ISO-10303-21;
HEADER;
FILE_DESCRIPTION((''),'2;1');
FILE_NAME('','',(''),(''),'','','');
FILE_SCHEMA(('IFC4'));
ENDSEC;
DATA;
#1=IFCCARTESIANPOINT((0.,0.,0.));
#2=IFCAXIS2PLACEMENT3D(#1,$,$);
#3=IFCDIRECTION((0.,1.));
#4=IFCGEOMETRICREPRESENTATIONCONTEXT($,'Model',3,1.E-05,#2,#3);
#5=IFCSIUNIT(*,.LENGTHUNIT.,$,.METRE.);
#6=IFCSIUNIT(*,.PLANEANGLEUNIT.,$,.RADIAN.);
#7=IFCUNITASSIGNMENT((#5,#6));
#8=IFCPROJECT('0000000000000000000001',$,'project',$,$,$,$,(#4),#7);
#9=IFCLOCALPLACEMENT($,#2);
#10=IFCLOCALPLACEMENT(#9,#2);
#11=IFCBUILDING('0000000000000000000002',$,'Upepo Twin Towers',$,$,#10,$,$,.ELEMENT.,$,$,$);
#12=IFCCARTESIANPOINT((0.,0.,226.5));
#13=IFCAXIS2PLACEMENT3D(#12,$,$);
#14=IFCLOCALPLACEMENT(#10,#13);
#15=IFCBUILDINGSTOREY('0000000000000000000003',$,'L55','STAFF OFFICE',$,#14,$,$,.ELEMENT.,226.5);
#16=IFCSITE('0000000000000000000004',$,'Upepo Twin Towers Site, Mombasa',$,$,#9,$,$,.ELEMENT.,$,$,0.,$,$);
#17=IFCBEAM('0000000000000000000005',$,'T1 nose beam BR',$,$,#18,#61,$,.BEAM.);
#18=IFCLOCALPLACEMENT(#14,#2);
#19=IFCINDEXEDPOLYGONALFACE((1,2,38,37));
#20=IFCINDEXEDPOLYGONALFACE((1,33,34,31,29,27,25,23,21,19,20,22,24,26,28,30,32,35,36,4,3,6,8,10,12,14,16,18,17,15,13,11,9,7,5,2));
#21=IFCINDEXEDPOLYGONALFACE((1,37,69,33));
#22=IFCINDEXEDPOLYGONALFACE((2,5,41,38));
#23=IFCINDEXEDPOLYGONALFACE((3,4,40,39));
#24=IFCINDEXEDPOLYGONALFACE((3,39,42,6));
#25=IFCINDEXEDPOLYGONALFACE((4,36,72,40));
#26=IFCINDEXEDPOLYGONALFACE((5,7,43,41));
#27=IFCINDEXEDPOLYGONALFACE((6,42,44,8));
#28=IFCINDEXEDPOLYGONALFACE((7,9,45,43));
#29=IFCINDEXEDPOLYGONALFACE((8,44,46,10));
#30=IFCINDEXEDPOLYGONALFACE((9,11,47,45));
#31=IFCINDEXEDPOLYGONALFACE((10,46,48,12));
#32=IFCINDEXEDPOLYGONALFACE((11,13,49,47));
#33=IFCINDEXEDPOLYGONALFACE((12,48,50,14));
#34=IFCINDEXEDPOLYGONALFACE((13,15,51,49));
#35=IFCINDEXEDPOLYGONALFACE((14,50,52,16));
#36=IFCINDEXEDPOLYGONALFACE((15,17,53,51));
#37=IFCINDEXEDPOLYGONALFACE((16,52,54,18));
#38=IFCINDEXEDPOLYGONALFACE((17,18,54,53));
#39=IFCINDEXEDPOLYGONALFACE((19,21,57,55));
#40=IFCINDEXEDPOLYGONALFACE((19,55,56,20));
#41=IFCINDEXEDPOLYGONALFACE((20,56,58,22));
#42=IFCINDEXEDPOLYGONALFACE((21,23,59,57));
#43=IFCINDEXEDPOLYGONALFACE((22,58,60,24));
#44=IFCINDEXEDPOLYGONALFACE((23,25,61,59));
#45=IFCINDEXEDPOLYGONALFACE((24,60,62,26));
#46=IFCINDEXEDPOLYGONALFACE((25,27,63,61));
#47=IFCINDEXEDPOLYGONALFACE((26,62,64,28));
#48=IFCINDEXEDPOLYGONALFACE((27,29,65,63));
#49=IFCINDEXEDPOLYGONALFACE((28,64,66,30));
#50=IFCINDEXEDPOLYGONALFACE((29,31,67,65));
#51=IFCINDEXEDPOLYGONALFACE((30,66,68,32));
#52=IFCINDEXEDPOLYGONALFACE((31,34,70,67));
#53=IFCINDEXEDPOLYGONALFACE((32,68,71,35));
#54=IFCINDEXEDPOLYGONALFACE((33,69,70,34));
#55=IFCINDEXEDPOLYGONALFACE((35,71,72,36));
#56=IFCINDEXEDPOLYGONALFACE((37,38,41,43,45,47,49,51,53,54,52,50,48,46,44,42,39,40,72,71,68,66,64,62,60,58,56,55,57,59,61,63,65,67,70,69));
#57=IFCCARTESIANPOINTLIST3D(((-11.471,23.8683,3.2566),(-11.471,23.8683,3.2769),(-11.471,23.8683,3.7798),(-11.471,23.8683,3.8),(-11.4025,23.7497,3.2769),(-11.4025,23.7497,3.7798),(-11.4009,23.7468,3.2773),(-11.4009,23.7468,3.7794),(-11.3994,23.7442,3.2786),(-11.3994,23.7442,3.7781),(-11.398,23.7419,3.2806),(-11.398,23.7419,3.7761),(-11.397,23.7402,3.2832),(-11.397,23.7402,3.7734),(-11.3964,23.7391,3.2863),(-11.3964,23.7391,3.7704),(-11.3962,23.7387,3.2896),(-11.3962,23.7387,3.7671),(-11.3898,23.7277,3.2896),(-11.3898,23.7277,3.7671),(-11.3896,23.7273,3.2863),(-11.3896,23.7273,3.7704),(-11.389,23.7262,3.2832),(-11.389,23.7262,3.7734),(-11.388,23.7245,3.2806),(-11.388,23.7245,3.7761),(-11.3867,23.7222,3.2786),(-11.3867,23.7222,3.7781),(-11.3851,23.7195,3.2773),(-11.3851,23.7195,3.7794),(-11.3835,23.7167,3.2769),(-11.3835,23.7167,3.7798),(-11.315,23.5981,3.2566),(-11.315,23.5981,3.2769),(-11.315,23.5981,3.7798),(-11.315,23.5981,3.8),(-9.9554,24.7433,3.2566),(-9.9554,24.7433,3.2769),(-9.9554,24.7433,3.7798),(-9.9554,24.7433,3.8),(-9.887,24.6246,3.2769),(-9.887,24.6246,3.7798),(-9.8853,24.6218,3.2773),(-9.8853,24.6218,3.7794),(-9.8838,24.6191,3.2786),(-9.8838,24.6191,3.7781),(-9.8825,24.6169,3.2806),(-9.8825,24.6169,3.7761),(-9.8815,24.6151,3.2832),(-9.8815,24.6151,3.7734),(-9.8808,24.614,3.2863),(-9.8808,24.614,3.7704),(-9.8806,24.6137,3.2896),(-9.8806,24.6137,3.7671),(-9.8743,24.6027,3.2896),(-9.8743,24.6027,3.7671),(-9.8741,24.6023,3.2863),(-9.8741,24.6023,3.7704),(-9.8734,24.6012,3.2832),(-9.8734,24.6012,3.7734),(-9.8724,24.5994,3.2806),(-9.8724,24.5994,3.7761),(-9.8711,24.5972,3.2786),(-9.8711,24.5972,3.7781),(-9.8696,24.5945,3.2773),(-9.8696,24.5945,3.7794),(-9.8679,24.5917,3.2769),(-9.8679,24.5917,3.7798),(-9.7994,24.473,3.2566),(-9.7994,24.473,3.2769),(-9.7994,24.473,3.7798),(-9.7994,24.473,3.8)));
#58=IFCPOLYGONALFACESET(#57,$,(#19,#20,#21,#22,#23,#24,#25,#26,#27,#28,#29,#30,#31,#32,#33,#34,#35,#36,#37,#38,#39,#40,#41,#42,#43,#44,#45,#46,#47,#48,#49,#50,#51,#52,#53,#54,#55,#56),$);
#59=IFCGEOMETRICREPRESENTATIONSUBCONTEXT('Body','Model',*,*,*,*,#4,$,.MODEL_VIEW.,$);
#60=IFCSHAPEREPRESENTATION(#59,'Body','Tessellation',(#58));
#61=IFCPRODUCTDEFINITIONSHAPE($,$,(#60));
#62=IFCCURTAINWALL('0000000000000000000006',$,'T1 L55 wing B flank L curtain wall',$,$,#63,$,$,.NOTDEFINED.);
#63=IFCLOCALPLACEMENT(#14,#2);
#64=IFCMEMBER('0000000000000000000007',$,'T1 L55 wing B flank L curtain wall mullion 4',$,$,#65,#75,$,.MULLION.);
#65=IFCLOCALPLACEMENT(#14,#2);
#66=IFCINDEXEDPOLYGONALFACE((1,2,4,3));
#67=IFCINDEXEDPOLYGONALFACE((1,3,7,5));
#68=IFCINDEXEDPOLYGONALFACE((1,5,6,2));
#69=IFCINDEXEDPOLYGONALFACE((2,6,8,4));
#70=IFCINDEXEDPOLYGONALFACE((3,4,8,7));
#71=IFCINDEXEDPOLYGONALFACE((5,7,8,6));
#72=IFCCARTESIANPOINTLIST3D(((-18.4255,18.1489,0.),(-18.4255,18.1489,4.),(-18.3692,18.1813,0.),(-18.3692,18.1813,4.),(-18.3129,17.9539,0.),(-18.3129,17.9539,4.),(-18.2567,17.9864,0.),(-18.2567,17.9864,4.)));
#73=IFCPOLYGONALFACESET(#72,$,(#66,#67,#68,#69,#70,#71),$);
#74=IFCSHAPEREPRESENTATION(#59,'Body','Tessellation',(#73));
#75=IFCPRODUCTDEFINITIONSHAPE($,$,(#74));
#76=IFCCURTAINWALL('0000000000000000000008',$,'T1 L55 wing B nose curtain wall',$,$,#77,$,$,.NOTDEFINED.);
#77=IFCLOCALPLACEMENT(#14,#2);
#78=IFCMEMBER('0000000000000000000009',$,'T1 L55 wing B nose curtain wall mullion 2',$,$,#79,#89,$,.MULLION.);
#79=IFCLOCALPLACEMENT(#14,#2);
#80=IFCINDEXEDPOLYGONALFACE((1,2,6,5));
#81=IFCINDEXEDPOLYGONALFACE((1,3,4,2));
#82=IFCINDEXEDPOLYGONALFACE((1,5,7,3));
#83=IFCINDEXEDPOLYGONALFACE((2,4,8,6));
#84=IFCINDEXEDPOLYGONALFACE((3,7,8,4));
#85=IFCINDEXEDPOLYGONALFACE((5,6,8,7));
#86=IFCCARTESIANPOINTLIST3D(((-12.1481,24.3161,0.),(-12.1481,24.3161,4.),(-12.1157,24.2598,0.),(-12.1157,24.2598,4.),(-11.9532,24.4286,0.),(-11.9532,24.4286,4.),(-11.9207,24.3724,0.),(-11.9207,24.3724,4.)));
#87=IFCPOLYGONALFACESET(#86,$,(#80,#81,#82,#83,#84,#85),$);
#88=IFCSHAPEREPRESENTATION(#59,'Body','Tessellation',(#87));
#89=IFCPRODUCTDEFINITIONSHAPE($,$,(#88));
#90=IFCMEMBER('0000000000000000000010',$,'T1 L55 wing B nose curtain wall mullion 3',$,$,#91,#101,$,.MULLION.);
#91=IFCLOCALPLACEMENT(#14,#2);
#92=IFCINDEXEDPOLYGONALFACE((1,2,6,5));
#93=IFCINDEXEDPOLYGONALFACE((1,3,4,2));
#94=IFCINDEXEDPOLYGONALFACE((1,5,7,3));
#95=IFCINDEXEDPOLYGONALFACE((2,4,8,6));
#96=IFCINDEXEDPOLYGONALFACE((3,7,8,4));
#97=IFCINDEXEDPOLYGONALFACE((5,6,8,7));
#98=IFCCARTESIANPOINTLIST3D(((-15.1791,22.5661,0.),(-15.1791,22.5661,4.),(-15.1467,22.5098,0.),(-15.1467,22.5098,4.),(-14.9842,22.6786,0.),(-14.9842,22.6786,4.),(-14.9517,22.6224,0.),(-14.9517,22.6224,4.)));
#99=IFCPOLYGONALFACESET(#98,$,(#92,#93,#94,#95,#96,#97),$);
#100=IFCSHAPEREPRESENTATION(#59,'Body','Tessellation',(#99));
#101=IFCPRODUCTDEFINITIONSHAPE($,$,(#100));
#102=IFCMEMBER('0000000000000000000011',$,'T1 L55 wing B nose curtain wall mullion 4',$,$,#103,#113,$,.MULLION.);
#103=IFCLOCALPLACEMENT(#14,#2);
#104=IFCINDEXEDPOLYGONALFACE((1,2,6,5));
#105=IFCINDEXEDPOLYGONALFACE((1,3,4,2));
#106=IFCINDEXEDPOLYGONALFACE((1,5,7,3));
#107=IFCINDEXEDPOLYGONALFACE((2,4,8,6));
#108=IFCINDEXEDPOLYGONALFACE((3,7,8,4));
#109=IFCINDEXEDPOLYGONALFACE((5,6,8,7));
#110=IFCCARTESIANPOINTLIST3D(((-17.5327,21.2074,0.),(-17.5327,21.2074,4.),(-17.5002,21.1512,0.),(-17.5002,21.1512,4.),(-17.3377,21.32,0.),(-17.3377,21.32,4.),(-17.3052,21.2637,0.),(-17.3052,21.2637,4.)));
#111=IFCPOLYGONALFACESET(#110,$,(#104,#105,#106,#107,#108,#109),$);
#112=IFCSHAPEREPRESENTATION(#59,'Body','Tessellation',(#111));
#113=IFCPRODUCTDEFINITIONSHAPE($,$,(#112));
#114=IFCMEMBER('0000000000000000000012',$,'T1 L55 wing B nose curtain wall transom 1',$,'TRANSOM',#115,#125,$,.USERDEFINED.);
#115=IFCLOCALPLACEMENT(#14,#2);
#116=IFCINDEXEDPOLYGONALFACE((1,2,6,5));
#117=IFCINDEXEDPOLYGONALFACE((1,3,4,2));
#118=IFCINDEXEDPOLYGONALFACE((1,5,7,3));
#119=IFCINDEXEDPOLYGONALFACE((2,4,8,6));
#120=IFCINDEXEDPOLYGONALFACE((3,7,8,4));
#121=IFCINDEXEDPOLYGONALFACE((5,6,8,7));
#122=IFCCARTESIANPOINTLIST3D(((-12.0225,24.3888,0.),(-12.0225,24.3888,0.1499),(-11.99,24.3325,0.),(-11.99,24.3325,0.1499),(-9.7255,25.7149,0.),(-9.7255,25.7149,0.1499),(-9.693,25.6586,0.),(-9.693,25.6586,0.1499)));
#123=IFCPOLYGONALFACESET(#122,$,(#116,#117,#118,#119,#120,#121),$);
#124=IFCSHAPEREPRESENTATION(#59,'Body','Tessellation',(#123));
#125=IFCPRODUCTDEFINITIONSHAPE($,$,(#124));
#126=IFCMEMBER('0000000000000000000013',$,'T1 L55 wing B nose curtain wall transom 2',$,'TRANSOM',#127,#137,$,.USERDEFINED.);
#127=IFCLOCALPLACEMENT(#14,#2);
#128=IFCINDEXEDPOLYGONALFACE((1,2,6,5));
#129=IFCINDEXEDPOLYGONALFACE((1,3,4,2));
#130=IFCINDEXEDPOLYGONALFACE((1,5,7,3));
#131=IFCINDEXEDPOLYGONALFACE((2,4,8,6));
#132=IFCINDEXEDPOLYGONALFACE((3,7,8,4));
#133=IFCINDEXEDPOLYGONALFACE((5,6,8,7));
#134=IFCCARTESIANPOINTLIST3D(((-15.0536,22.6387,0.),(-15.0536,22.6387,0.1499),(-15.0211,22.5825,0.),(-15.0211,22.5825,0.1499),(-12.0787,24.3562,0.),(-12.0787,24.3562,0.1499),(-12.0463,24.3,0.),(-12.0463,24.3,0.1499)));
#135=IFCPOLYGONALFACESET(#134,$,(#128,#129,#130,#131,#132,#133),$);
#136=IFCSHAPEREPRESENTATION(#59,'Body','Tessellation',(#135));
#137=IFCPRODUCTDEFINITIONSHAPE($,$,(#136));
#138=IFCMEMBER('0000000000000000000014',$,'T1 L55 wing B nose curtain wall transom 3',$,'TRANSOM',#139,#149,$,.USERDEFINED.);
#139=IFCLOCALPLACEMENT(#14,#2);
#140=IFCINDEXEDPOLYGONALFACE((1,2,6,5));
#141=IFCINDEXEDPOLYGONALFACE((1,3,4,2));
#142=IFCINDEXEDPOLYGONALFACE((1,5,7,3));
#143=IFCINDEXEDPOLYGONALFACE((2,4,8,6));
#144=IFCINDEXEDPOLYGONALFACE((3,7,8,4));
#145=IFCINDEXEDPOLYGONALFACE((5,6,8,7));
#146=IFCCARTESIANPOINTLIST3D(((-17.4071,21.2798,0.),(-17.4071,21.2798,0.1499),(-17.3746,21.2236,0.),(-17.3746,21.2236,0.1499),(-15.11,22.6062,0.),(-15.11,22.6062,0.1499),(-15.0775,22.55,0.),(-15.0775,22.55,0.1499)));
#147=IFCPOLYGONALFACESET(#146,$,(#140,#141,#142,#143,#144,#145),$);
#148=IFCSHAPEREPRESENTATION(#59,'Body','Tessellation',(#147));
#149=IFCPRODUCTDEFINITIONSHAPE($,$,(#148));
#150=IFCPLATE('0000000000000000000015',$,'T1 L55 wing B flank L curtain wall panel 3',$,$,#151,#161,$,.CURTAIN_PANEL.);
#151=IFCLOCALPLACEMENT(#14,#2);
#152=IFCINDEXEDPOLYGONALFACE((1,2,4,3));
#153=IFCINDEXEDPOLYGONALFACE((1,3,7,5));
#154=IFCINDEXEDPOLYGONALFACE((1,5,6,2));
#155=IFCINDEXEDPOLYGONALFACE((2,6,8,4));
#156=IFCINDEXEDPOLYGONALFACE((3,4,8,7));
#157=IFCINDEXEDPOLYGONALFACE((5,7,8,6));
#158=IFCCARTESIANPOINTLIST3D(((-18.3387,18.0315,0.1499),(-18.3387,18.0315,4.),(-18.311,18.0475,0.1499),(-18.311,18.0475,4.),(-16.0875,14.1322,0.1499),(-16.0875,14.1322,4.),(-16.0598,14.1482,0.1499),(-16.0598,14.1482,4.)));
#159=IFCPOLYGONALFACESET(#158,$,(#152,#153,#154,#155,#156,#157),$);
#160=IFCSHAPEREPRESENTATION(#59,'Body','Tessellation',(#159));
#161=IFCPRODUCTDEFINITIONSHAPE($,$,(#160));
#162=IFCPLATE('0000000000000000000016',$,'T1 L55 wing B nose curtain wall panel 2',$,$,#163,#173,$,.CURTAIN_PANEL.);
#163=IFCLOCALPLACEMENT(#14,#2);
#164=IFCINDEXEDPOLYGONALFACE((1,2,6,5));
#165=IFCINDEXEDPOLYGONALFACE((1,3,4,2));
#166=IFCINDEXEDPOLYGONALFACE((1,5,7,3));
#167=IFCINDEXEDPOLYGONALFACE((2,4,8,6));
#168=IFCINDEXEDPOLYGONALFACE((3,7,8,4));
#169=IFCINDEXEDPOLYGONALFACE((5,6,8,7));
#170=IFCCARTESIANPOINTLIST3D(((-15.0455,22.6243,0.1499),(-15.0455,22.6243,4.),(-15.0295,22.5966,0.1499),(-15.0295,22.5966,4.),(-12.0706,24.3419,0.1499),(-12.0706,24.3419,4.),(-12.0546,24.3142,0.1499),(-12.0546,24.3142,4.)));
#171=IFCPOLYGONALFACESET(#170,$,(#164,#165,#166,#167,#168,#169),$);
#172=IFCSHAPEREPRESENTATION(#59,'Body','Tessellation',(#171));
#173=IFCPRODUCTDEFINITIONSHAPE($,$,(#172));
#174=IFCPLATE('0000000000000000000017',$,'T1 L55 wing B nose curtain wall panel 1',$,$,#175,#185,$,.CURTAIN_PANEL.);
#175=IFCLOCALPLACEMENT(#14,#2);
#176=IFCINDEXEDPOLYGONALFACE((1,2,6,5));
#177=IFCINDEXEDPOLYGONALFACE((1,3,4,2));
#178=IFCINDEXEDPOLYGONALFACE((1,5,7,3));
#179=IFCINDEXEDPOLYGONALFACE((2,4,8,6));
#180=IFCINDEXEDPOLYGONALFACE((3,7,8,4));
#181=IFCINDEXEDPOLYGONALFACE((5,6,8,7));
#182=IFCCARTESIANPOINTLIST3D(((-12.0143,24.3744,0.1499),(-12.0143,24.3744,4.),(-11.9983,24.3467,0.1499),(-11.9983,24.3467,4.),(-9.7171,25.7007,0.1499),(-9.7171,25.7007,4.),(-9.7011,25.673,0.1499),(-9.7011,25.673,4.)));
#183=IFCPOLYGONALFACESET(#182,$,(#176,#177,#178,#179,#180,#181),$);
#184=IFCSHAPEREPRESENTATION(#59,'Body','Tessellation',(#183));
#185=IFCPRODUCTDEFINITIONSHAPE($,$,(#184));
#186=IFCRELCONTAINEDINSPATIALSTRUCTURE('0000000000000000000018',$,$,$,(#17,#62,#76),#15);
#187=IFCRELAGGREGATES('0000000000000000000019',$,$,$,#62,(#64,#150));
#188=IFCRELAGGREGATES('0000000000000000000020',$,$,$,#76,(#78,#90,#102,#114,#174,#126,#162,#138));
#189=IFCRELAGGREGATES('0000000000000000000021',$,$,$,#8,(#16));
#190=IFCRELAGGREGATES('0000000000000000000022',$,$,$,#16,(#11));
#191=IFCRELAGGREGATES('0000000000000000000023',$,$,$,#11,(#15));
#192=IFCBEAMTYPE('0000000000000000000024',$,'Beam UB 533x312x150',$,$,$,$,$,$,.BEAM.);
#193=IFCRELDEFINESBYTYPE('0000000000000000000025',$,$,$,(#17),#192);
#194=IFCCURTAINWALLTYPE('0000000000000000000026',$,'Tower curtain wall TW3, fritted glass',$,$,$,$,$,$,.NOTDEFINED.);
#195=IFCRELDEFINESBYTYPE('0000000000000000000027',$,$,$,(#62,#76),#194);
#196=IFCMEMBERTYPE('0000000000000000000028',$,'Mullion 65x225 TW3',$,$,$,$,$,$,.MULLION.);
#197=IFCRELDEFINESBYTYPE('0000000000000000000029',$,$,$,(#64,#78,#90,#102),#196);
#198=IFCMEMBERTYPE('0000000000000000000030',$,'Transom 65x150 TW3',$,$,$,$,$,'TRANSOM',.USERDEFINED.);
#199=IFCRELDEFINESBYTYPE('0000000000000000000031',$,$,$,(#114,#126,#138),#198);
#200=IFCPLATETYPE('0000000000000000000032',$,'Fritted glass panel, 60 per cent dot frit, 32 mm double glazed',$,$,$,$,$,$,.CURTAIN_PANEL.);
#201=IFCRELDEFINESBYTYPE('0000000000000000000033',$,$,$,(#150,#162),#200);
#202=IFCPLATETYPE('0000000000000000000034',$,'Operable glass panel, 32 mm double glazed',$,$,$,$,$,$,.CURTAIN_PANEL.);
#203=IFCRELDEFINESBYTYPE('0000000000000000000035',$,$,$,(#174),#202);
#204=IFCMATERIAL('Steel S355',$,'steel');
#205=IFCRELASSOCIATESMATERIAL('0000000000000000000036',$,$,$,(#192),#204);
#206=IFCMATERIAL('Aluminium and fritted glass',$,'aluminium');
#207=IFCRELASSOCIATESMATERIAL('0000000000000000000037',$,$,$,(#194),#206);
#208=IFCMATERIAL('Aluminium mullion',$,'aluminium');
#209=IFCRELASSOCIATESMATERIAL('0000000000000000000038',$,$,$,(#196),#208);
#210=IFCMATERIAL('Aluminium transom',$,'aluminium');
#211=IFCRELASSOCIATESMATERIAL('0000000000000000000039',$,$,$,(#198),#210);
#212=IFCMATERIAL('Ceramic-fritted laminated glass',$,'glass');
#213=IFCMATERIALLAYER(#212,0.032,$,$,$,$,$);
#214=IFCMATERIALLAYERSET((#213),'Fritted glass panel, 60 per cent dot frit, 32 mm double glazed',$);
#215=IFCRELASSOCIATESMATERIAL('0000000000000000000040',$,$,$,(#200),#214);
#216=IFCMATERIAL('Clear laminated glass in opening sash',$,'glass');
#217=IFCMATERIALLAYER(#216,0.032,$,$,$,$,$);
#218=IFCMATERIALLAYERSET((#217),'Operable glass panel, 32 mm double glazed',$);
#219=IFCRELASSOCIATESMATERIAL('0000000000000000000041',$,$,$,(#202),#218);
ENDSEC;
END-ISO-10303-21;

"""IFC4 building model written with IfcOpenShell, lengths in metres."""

from ifc_helpers import new_model, si_unit, direction, frame, origin, origin_2d, place, context, subcontext, project, spatial, rectangle, i_section, extrude, material, layer, layer_set, material_profile, profile_set, type_object, element, aggregate, save


model = new_model("IFC4")

# Units and contexts
model_context = context("Model", 3, precision=1e-05, world=origin(), true_north=direction((0.0, 1.0)))
body_context = subcontext(model_context, "Body", "Model", "MODEL_VIEW")
ifc_project = project(units=[si_unit("LENGTHUNIT", "METRE"), si_unit("PLANEANGLEUNIT", "RADIAN")], contexts=[model_context])

# Site, building, storey
site_placement = place(None, origin())
site = spatial("IfcSite", under=ifc_project, at=site_placement, Name="Upepo Twin Towers Site, Mombasa", CompositionType="ELEMENT", RefElevation=0.0)
building_placement = place(site_placement, origin())
building = spatial("IfcBuilding", under=site, at=building_placement, Name="Upepo Twin Towers", CompositionType="ELEMENT")
storey_placement = place(building_placement, frame((0.0, 0.0, 226.5)))
storey = spatial("IfcBuildingStorey", under=building, at=storey_placement, Name="L55", Description="STAFF OFFICE", CompositionType="ELEMENT", Elevation=226.5)

# Beam
ifc_material_1 = material(Name="Steel S355", Category="steel")
ifc_material_profile_1 = material_profile(ifc_material_1, i_section(OverallWidth=0.312, OverallDepth=0.5435, WebThickness=0.0127, FlangeThickness=0.0203, FilletRadius=0.0127, at=origin_2d()), Name="UB 533x312x150")
ifc_profile_set_1 = profile_set([ifc_material_profile_1], Name="Steel S355")
beam_type_1 = type_object("IfcBeamType", Name="Beam UB 533x312x150", PredefinedType="BEAM", material=ifc_profile_set_1)
for number, where, z_axis, x_axis, name in (
    (1, (-9.8774, 24.6082, 3.5283), (-0.866037, -0.49998, 0.0), (0.49998, -0.866037, 0.0), "T1 nose beam BR"),
):
    element("IfcBeam", number, at=place(storey_placement, frame(where, z_axis=z_axis, x_axis=x_axis)), inside=storey, type_object=beam_type_1, Name=name, PredefinedType="BEAM", context=body_context, shape_type="SweptSolid", body=[
        extrude(i_section(OverallWidth=0.312, OverallDepth=0.5435, WebThickness=0.0127, FlangeThickness=0.0203, FilletRadius=0.0127, at=origin_2d()), origin(), (0.0, 0.0, 1.0), 1.75),
    ])

# Curtain wall, member
ifc_material_2 = material(Name="Aluminium and fritted glass", Category="aluminium")
curtain_wall_type = type_object("IfcCurtainWallType", Name="Tower curtain wall TW3, fritted glass", PredefinedType="NOTDEFINED", material=ifc_material_2)
curtain_wall_1_placement = place(storey_placement, origin())
curtain_wall_1 = element("IfcCurtainWall", 2, at=curtain_wall_1_placement, inside=storey, type_object=curtain_wall_type, Name="T1 L55 wing B flank L curtain wall", PredefinedType="NOTDEFINED")
ifc_material_3 = material(Name="Aluminium mullion", Category="aluminium")
ifc_material_profile_2 = material_profile(ifc_material_3, rectangle(XDim=0.0649, YDim=0.2251, at=origin_2d()), Name="MULLION 65x225")
ifc_profile_set_2 = profile_set([ifc_material_profile_2], Name="Aluminium mullion")
member_type_1 = type_object("IfcMemberType", Name="Mullion 65x225 TW3", PredefinedType="MULLION", material=ifc_profile_set_2)
member_1_placement = place(storey_placement, frame((-18.3411, 18.0676, 0.0), z_axis=(0.0, 0.0, 1.0), x_axis=(-0.866025, -0.5, 0.0)))
member_1 = element("IfcMember", 3, at=member_1_placement, type_object=member_type_1, Name="T1 L55 wing B flank L curtain wall mullion 4", PredefinedType="MULLION", context=body_context, shape_type="SweptSolid", body=[
    extrude(rectangle(XDim=0.0649, YDim=0.2251, at=origin_2d()), origin(), (0.0, 0.0, 1.0), 4.0),
])

# Curtain wall, members
curtain_wall_2_placement = place(storey_placement, origin())
curtain_wall_2 = element("IfcCurtainWall", 4, at=curtain_wall_2_placement, inside=storey, type_object=curtain_wall_type, Name="T1 L55 wing B nose curtain wall", PredefinedType="NOTDEFINED")
member_2_placement = place(storey_placement, frame((-12.0344, 24.3442, 0.0), z_axis=(0.0, 0.0, 1.0), x_axis=(0.5, -0.866025, 0.0)))
member_2 = element("IfcMember", 5, at=member_2_placement, type_object=member_type_1, Name="T1 L55 wing B nose curtain wall mullion 2", PredefinedType="MULLION", context=body_context, shape_type="SweptSolid", body=[
    extrude(rectangle(XDim=0.0649, YDim=0.2251, at=origin_2d()), origin(), (0.0, 0.0, 1.0), 4.0),
])
member_3_placement = place(storey_placement, frame((-15.0654, 22.5942, 0.0), z_axis=(0.0, 0.0, 1.0), x_axis=(0.5, -0.866025, 0.0)))
member_3 = element("IfcMember", 6, at=member_3_placement, type_object=member_type_1, Name="T1 L55 wing B nose curtain wall mullion 3", PredefinedType="MULLION", context=body_context, shape_type="SweptSolid", body=[
    extrude(rectangle(XDim=0.0649, YDim=0.2251, at=origin_2d()), origin(), (0.0, 0.0, 1.0), 4.0),
])
member_4_placement = place(storey_placement, frame((-17.4189, 21.2356, 0.0), z_axis=(0.0, 0.0, 1.0), x_axis=(0.5, -0.866025, 0.0)))
member_4 = element("IfcMember", 7, at=member_4_placement, type_object=member_type_1, Name="T1 L55 wing B nose curtain wall mullion 4", PredefinedType="MULLION", context=body_context, shape_type="SweptSolid", body=[
    extrude(rectangle(XDim=0.0649, YDim=0.2251, at=origin_2d()), origin(), (0.0, 0.0, 1.0), 4.0),
])
ifc_material_4 = material(Name="Aluminium transom", Category="aluminium")
ifc_material_profile_3 = material_profile(ifc_material_4, rectangle(XDim=0.0649, YDim=0.1499, at=origin_2d()), Name="TRANSOM 65x150")
ifc_profile_set_3 = profile_set([ifc_material_profile_3], Name="Aluminium transom")
member_type_2 = type_object("IfcMemberType", Name="Transom 65x150 TW3", ElementType="TRANSOM", PredefinedType="USERDEFINED", material=ifc_profile_set_3)
member_5_placement = place(storey_placement, frame((-9.7092, 25.6868, 0.075), z_axis=(-0.866037, -0.49998, 0.0), x_axis=(0.49998, -0.866037, 0.0)))
member_5 = element("IfcMember", 8, at=member_5_placement, type_object=member_type_2, Name="T1 L55 wing B nose curtain wall transom 1", ObjectType="TRANSOM", PredefinedType="USERDEFINED", context=body_context, shape_type="SweptSolid", body=[
    extrude(rectangle(XDim=0.0649, YDim=0.1499, at=origin_2d()), origin(), (0.0, 0.0, 1.0), 2.6523),
])
member_6_placement = place(storey_placement, frame((-12.0625, 24.3281, 0.075), z_axis=(-0.866026, -0.499999, 0.0), x_axis=(0.499999, -0.866026, 0.0)))
member_6 = element("IfcMember", 9, at=member_6_placement, type_object=member_type_2, Name="T1 L55 wing B nose curtain wall transom 2", ObjectType="TRANSOM", PredefinedType="USERDEFINED", context=body_context, shape_type="SweptSolid", body=[
    extrude(rectangle(XDim=0.0649, YDim=0.1499, at=origin_2d()), origin(), (0.0, 0.0, 1.0), 3.4351),
])
member_7_placement = place(storey_placement, frame((-15.0938, 22.5781, 0.075), z_axis=(-0.865997, -0.500049, 0.0), x_axis=(0.500049, -0.865997, 0.0)))
member_7 = element("IfcMember", 10, at=member_7_placement, type_object=member_type_2, Name="T1 L55 wing B nose curtain wall transom 3", ObjectType="TRANSOM", PredefinedType="USERDEFINED", context=body_context, shape_type="SweptSolid", body=[
    extrude(rectangle(XDim=0.0649, YDim=0.1499, at=origin_2d()), origin(), (0.0, 0.0, 1.0), 2.6526),
])

# Plates
ifc_material_5 = material(Name="Ceramic-fritted laminated glass", Category="glass")
ifc_layer_1 = layer(ifc_material_5, 0.032)
ifc_layer_set_1 = layer_set([ifc_layer_1], Name="Fritted glass panel, 60 per cent dot frit, 32 mm double glazed")
plate_type_1 = type_object("IfcPlateType", Name="Fritted glass panel, 60 per cent dot frit, 32 mm double glazed", PredefinedType="CURTAIN_PANEL", material=ifc_layer_set_1)
plate_1_placement = place(storey_placement, frame((-17.1992, 16.0898, 0.1499), z_axis=(0.0, 0.0, 1.0), x_axis=(-0.5, 0.866025, 0.0)))
plate_1 = element("IfcPlate", 11, at=plate_1_placement, type_object=plate_type_1, Name="T1 L55 wing B flank L curtain wall panel 3", PredefinedType="CURTAIN_PANEL", context=body_context, shape_type="SweptSolid", body=[
    extrude(rectangle(XDim=4.5024, YDim=0.032, at=origin_2d()), origin(), (0.0, 0.0, 1.0), 3.8501),
])
aggregate(curtain_wall_1, [member_1, plate_1])
plate_2_placement = place(storey_placement, frame((-13.55, 23.4692, 0.1499), z_axis=(0.0, 0.0, 1.0), x_axis=(-0.866025, -0.5, 0.0)))
plate_2 = element("IfcPlate", 12, at=plate_2_placement, type_object=plate_type_1, Name="T1 L55 wing B nose curtain wall panel 2", PredefinedType="CURTAIN_PANEL", context=body_context, shape_type="SweptSolid", body=[
    extrude(rectangle(XDim=3.4351, YDim=0.032, at=origin_2d()), origin(), (0.0, 0.0, 1.0), 3.8501),
])
ifc_material_6 = material(Name="Clear laminated glass in opening sash", Category="glass")
ifc_layer_2 = layer(ifc_material_6, 0.032)
ifc_layer_set_2 = layer_set([ifc_layer_2], Name="Operable glass panel, 32 mm double glazed")
plate_type_2 = type_object("IfcPlateType", Name="Operable glass panel, 32 mm double glazed", PredefinedType="CURTAIN_PANEL", material=ifc_layer_set_2)
plate_3_placement = place(storey_placement, frame((-10.8577, 25.0237, 0.1499), z_axis=(0.0, 0.0, 1.0), x_axis=(-0.866025, -0.5, 0.0)))
plate_3 = element("IfcPlate", 13, at=plate_3_placement, type_object=plate_type_2, Name="T1 L55 wing B nose curtain wall panel 1", PredefinedType="CURTAIN_PANEL", context=body_context, shape_type="SweptSolid", body=[
    extrude(rectangle(XDim=2.6526, YDim=0.032, at=origin_2d()), origin(), (0.0, 0.0, 1.0), 3.8501),
])
aggregate(curtain_wall_2, [member_2, member_3, member_4, member_5, plate_3, member_6, plate_2, member_7])

save(model, "model.ifc")
